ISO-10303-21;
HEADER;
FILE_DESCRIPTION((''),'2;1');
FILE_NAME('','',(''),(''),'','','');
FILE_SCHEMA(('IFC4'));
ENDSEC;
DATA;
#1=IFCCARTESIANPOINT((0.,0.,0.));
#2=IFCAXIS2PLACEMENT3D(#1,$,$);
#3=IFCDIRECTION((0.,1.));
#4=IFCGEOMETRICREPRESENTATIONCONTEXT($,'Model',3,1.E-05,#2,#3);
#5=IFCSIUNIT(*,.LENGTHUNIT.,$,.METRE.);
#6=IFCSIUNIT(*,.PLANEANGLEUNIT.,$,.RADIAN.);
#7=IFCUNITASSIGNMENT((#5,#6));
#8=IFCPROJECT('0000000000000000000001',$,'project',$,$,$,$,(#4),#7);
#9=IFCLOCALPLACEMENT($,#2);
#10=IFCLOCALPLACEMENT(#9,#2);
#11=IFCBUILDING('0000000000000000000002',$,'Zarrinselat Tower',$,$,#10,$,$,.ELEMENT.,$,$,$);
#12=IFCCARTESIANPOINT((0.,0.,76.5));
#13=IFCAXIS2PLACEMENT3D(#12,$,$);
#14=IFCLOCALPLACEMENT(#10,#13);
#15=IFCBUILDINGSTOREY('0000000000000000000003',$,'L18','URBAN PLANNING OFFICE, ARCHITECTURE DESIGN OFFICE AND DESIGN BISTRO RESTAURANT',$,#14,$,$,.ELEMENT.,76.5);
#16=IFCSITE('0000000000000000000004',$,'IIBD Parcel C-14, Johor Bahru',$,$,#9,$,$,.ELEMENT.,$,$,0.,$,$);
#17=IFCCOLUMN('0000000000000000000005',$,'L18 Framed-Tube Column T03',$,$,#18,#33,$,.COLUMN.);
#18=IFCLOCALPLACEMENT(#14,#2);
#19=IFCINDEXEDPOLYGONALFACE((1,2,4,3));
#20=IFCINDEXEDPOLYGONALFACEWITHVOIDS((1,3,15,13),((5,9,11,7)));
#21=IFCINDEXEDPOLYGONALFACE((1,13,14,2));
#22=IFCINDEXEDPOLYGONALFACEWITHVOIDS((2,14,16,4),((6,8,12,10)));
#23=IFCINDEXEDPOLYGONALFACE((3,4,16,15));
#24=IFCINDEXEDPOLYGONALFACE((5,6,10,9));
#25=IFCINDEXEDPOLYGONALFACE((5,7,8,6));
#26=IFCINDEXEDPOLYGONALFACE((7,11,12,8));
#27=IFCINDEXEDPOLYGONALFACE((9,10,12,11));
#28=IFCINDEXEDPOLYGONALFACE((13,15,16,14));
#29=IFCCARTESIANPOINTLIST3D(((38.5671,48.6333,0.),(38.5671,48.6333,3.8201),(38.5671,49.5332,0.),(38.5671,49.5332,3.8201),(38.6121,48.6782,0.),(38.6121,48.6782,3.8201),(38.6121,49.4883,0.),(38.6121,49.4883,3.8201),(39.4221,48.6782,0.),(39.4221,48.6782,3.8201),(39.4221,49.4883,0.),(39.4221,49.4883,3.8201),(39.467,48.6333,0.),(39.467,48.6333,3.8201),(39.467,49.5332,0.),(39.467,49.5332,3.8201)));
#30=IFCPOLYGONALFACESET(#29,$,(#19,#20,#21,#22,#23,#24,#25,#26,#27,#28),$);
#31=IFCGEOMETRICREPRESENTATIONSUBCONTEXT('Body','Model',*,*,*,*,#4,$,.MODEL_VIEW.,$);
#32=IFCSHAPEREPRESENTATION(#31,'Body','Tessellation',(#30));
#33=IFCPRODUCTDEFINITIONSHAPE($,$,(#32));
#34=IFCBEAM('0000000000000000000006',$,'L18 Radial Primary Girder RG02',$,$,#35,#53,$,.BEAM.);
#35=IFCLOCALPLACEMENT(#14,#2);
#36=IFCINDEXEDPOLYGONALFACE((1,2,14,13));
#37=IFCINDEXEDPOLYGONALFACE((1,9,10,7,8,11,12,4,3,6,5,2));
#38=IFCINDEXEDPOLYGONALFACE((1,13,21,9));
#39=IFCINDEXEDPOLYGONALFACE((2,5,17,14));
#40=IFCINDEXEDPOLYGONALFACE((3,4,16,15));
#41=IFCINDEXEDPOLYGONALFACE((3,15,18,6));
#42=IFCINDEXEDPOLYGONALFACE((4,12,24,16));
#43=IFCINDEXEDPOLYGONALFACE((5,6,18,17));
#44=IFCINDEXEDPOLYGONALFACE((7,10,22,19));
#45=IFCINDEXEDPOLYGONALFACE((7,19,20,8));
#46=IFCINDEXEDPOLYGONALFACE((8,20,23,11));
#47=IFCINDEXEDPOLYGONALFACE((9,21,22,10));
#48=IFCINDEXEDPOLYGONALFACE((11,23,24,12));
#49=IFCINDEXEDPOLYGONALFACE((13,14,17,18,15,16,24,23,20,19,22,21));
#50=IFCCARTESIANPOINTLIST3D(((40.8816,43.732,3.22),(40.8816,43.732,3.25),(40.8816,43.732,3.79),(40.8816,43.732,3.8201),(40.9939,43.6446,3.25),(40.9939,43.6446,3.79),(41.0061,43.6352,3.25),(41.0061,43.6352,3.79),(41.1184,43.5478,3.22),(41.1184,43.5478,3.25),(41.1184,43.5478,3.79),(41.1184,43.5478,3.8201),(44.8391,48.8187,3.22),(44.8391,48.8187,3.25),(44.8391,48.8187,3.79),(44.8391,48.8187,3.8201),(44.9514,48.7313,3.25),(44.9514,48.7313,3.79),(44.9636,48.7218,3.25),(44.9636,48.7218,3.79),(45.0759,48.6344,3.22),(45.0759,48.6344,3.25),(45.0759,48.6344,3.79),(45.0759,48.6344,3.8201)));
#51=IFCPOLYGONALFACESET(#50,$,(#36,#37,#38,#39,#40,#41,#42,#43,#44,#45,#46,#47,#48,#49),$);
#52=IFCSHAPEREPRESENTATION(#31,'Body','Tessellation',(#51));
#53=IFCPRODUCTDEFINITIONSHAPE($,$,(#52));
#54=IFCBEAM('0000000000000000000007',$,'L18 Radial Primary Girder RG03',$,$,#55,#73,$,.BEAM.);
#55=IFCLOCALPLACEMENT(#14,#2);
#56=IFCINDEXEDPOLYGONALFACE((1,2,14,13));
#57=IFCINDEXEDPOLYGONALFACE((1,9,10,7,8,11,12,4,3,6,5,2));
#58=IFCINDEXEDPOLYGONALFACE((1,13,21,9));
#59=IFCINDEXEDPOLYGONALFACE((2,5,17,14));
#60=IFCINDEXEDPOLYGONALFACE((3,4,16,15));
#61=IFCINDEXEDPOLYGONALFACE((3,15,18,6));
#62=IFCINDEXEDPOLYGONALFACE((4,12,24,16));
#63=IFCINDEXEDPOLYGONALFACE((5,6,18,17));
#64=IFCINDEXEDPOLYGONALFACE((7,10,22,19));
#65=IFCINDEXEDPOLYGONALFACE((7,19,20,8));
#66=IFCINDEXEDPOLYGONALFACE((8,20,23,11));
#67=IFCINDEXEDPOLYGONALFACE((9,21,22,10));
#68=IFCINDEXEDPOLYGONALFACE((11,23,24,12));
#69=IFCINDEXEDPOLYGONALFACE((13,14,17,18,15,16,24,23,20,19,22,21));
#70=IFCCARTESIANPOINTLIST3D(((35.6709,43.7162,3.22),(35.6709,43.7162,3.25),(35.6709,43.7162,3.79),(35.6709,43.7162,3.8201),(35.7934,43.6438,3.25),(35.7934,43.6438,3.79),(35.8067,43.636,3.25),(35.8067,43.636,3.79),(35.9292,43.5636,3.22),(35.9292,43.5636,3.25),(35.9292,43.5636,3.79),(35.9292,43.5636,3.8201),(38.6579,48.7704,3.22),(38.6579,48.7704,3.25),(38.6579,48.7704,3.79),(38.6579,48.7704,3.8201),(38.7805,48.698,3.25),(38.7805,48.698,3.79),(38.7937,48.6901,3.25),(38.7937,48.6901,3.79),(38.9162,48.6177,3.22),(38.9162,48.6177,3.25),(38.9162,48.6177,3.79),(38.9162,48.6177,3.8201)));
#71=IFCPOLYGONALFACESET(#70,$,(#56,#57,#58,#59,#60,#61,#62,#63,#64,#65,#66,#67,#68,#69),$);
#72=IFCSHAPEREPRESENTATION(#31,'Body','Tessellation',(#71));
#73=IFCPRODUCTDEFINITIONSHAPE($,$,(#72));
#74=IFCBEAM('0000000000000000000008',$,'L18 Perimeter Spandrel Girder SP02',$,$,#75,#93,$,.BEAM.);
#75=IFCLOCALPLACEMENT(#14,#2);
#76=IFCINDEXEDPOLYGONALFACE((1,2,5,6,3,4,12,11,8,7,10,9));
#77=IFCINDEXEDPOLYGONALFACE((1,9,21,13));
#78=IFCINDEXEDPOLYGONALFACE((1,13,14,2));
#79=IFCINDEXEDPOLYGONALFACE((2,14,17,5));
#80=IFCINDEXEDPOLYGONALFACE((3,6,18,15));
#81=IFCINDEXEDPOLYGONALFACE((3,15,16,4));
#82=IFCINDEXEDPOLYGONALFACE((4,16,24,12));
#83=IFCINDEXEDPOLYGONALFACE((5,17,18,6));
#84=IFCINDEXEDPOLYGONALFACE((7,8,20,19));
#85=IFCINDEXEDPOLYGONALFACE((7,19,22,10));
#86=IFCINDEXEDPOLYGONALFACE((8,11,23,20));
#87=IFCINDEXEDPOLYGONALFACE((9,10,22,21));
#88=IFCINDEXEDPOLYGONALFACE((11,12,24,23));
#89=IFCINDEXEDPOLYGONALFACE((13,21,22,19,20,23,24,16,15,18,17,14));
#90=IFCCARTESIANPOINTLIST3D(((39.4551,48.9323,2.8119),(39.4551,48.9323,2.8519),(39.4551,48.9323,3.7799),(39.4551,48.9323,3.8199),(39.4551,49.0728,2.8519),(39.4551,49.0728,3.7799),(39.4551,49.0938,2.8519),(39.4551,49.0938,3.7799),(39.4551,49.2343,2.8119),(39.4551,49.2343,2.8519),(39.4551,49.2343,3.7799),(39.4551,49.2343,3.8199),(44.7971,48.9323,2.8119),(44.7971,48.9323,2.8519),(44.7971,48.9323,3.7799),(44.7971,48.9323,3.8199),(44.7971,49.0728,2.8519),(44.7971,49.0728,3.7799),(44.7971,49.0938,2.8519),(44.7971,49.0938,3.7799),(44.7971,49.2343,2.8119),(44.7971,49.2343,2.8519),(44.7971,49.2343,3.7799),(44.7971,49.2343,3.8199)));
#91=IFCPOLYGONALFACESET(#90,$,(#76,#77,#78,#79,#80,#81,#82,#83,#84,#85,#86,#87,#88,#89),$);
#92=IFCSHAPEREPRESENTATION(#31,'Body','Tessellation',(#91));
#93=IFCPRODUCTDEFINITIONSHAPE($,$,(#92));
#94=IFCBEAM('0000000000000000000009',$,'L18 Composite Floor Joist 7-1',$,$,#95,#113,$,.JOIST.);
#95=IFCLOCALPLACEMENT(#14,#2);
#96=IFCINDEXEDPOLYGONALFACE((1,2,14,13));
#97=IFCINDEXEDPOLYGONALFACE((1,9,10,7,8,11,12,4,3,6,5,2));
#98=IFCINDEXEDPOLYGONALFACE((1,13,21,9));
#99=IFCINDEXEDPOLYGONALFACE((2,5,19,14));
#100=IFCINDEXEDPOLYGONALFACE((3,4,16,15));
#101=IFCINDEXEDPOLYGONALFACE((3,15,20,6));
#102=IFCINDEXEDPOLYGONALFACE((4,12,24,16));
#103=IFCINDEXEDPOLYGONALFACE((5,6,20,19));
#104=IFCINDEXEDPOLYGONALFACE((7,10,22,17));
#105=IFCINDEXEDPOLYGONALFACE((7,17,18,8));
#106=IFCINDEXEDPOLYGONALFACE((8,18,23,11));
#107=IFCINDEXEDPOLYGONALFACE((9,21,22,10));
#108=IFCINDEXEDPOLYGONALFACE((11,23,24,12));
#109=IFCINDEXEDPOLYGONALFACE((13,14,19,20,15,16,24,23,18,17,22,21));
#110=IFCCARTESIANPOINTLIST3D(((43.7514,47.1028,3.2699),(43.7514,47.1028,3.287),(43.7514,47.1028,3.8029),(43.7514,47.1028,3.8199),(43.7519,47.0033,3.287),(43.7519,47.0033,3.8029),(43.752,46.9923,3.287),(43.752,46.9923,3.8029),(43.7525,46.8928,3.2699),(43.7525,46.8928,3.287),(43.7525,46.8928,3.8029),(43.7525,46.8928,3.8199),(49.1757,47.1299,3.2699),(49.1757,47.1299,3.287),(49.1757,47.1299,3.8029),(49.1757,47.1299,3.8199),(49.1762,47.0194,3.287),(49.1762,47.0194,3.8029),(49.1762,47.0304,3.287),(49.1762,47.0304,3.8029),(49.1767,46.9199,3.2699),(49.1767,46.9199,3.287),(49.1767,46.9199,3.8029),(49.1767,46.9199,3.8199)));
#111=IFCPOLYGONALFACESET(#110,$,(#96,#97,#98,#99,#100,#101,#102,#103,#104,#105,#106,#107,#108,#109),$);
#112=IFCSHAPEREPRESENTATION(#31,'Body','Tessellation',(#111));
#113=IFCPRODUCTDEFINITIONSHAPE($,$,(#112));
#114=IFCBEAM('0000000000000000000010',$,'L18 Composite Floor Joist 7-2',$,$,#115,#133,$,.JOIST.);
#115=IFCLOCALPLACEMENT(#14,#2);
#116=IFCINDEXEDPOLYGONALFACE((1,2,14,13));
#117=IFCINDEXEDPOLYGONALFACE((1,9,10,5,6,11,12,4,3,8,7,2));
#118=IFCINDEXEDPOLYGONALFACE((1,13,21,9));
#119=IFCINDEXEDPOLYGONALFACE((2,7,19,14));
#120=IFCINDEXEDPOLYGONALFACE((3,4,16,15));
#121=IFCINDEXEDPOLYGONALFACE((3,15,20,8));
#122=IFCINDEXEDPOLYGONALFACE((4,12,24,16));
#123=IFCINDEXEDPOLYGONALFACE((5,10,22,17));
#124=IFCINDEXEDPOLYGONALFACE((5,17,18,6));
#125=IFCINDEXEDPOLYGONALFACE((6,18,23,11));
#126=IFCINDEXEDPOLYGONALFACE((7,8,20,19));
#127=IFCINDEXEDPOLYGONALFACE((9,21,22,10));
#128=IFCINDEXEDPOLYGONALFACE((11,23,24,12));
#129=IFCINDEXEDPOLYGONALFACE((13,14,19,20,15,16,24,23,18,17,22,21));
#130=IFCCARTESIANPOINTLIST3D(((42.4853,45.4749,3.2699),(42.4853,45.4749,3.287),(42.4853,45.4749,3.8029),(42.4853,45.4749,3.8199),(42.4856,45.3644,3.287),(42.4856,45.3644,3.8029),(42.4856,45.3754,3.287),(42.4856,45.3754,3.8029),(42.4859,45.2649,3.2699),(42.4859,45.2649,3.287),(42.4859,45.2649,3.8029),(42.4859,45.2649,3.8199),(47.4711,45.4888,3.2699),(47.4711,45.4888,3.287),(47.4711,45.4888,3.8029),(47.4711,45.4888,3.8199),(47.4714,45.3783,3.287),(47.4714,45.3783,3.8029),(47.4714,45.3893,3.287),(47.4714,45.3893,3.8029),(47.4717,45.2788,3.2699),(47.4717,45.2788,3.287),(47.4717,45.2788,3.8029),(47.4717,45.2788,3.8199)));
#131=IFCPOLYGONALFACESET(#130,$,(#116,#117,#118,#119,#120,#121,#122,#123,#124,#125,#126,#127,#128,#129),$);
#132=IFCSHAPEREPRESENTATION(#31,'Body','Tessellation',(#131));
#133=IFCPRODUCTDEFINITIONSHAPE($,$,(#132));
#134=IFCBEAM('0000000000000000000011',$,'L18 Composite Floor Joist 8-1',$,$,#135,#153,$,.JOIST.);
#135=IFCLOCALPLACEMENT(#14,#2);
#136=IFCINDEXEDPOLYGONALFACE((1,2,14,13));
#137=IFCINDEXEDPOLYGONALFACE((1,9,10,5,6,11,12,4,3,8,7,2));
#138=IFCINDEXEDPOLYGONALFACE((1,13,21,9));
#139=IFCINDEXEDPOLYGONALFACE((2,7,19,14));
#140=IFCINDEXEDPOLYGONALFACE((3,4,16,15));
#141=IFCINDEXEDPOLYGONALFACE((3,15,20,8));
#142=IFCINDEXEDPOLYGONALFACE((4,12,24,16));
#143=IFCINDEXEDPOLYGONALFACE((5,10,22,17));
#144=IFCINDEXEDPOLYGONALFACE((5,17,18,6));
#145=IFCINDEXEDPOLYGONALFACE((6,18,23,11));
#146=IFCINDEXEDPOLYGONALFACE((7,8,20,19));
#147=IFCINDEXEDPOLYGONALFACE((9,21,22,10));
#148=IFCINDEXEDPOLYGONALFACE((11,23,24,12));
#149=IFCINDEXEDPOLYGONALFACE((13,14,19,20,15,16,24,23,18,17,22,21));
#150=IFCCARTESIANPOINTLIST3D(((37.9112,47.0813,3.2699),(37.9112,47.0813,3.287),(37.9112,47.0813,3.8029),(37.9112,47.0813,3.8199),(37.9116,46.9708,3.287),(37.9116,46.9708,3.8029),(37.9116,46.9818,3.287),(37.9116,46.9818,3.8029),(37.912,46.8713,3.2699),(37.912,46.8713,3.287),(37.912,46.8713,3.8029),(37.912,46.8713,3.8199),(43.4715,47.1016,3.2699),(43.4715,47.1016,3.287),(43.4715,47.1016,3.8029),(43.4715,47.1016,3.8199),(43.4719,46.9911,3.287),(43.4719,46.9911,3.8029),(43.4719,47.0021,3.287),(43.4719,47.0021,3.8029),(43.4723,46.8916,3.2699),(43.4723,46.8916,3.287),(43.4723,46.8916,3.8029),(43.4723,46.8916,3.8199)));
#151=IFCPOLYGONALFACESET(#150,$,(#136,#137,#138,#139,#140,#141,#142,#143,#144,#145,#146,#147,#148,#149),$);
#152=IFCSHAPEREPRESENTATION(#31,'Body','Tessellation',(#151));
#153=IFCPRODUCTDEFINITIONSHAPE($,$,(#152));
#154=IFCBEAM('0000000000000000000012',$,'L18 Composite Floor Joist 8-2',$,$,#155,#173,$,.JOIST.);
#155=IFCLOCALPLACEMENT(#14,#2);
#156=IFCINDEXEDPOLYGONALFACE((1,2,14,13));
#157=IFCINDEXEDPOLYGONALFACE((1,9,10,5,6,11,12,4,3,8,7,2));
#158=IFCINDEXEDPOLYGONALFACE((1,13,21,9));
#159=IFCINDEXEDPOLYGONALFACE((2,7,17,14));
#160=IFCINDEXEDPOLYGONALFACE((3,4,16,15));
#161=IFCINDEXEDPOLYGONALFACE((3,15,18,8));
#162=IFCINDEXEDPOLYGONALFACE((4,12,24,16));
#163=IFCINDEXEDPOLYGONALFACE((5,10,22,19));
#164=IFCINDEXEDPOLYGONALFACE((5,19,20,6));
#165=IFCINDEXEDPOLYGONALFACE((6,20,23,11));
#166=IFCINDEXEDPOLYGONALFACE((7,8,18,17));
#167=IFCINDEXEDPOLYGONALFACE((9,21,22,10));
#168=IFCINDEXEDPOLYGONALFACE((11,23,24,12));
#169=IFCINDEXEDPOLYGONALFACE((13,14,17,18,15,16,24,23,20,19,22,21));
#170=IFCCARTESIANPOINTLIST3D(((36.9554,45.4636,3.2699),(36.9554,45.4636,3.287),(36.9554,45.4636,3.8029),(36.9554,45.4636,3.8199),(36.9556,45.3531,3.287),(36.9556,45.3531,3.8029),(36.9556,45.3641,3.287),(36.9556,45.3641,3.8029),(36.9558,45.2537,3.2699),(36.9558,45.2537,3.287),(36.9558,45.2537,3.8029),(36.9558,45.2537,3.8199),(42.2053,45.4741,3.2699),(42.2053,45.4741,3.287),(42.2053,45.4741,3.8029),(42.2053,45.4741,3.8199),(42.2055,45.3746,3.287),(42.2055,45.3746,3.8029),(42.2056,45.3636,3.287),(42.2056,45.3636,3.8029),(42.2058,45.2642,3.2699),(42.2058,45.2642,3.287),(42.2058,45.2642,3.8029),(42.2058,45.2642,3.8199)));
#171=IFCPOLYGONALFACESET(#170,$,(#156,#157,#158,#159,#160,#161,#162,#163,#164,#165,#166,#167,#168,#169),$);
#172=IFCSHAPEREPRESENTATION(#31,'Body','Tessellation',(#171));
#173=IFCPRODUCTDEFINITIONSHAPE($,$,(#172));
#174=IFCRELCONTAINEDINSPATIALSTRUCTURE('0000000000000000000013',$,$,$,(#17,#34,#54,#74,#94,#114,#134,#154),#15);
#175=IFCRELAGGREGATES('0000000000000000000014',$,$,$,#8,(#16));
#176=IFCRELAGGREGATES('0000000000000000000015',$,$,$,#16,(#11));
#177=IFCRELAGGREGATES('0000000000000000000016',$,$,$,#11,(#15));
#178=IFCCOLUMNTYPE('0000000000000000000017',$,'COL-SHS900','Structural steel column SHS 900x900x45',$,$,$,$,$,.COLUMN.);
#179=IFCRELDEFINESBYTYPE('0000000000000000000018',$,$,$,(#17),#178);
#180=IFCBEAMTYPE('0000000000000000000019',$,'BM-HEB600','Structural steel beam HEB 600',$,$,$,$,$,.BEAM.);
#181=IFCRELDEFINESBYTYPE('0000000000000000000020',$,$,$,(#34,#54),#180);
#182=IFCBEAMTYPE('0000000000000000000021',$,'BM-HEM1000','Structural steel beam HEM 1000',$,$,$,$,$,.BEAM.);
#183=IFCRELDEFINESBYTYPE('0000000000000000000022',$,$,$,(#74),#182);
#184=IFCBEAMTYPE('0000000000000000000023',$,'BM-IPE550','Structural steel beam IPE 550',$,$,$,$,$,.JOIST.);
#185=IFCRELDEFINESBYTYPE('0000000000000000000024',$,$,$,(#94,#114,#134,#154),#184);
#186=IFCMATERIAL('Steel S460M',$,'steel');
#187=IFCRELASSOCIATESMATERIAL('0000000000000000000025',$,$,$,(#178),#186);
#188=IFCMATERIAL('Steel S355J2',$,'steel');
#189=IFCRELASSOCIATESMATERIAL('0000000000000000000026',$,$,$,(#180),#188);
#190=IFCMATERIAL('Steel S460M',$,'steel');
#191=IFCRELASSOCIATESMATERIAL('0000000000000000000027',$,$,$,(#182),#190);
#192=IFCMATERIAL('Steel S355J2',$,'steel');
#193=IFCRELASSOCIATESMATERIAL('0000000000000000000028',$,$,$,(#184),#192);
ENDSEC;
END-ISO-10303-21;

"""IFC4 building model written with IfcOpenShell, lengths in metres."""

from ifc_helpers import new_model, si_unit, direction, frame, origin, origin_2d, place, context, subcontext, project, spatial, hollow_rectangle, i_section, extrude, material, material_profile, profile_set, type_object, element, save


model = new_model("IFC4")

# Units and contexts
model_context = context("Model", 3, precision=1e-05, world=origin(), true_north=direction((0.0, 1.0)))
body_context = subcontext(model_context, "Body", "Model", "MODEL_VIEW")
ifc_project = project(units=[si_unit("LENGTHUNIT", "METRE"), si_unit("PLANEANGLEUNIT", "RADIAN")], contexts=[model_context])

# Site, building, storey
site_placement = place(None, origin())
site = spatial("IfcSite", under=ifc_project, at=site_placement, Name="IIBD Parcel C-14, Johor Bahru", CompositionType="ELEMENT", RefElevation=0.0)
building_placement = place(site_placement, origin())
building = spatial("IfcBuilding", under=site, at=building_placement, Name="Zarrinselat Tower", CompositionType="ELEMENT")
storey_placement = place(building_placement, frame((0.0, 0.0, 76.5)))
storey = spatial("IfcBuildingStorey", under=building, at=storey_placement, Name="L18", Description="URBAN PLANNING OFFICE, ARCHITECTURE DESIGN OFFICE AND DESIGN BISTRO RESTAURANT", CompositionType="ELEMENT", Elevation=76.5)

# Column
ifc_material_1 = material(Name="Steel S460M", Category="steel")
ifc_material_profile_1 = material_profile(ifc_material_1, hollow_rectangle(XDim=0.8999, YDim=0.8999, WallThickness=0.0449, at=origin_2d()), Name="SHS 900x900x45")
ifc_profile_set_1 = profile_set([ifc_material_profile_1], Name="Steel S460M")
column_type = type_object("IfcColumnType", Name="COL-SHS900", Description="Structural steel column SHS 900x900x45", PredefinedType="COLUMN", material=ifc_profile_set_1)
column_placement = place(storey_placement, frame((39.0171, 49.0833, 0.0), z_axis=(0.0, 0.0, 1.0), x_axis=(1.0, 0.0, 0.0)))
element("IfcColumn", 1, at=column_placement, inside=storey, type_object=column_type, Name="L18 Framed-Tube Column T03", PredefinedType="COLUMN", context=body_context, shape_type="SweptSolid", body=[
    extrude(hollow_rectangle(XDim=0.8999, YDim=0.8999, WallThickness=0.0449, at=origin_2d()), origin(), (0.0, 0.0, 1.0), 3.8201),
])

# Beams
ifc_material_2 = material(Name="Steel S355J2", Category="steel")
ifc_material_profile_2 = material_profile(ifc_material_2, i_section(OverallWidth=0.3, OverallDepth=0.6001, WebThickness=0.0154, FlangeThickness=0.03, at=origin_2d()), Name="HEB 600")
ifc_profile_set_2 = profile_set([ifc_material_profile_2], Name="Steel S355J2")
beam_type_1 = type_object("IfcBeamType", Name="BM-HEB600", Description="Structural steel beam HEB 600", PredefinedType="BEAM", material=ifc_profile_set_2)
beam_1_placement = place(storey_placement, frame((41.0, 43.6399, 3.52), z_axis=(0.614059, 0.78926, 0.0), x_axis=(-0.78926, 0.614059, 0.0)))
element("IfcBeam", 2, at=beam_1_placement, inside=storey, type_object=beam_type_1, Name="L18 Radial Primary Girder RG02", PredefinedType="BEAM", context=body_context, shape_type="SweptSolid", body=[
    extrude(i_section(OverallWidth=0.3, OverallDepth=0.6001, WebThickness=0.0154, FlangeThickness=0.03, at=origin_2d()), origin(), (0.0, 0.0, 1.0), 6.4448),
])
beam_2_placement = place(storey_placement, frame((35.8, 43.6399, 3.52), z_axis=(0.508791, 0.86089, 0.0), x_axis=(-0.86089, 0.508791, 0.0)))
element("IfcBeam", 3, at=beam_2_placement, inside=storey, type_object=beam_type_1, Name="L18 Radial Primary Girder RG03", PredefinedType="BEAM", context=body_context, shape_type="SweptSolid", body=[
    extrude(i_section(OverallWidth=0.3, OverallDepth=0.6001, WebThickness=0.0154, FlangeThickness=0.03, at=origin_2d()), origin(), (0.0, 0.0, 1.0), 5.8708),
])
ifc_material_3 = material(Name="Steel S460M", Category="steel")
ifc_material_profile_3 = material_profile(ifc_material_3, i_section(OverallWidth=0.302, OverallDepth=1.0081, WebThickness=0.021, FlangeThickness=0.04, at=origin_2d()), Name="HEM 1000")
ifc_profile_set_3 = profile_set([ifc_material_profile_3], Name="Steel S460M")
beam_type_2 = type_object("IfcBeamType", Name="BM-HEM1000", Description="Structural steel beam HEM 1000", PredefinedType="BEAM", material=ifc_profile_set_3)
beam_3_placement = place(storey_placement, frame((39.4551, 49.0833, 3.3159), z_axis=(1.0, 0.0, 0.0), x_axis=(0.0, 1.0, 0.0)))
element("IfcBeam", 4, at=beam_3_placement, inside=storey, type_object=beam_type_2, Name="L18 Perimeter Spandrel Girder SP02", PredefinedType="BEAM", context=body_context, shape_type="SweptSolid", body=[
    extrude(i_section(OverallWidth=0.302, OverallDepth=1.0081, WebThickness=0.021, FlangeThickness=0.04, at=origin_2d()), origin(), (0.0, 0.0, 1.0), 5.342),
])
ifc_material_4 = material(Name="Steel S355J2", Category="steel")
ifc_material_profile_4 = material_profile(ifc_material_4, i_section(OverallWidth=0.21, OverallDepth=0.55, WebThickness=0.011, FlangeThickness=0.0171, at=origin_2d()), Name="IPE 550")
ifc_profile_set_4 = profile_set([ifc_material_profile_4], Name="Steel S355J2")
beam_type_3 = type_object("IfcBeamType", Name="BM-IPE550", Description="Structural steel beam IPE 550", PredefinedType="JOIST", material=ifc_profile_set_4)
beam_4_placement = place(storey_placement, frame((43.752, 46.9978, 3.5449), z_axis=(0.999988, 0.004996, 0.0), x_axis=(-0.004996, 0.999988, 0.0)))
element("IfcBeam", 5, at=beam_4_placement, inside=storey, type_object=beam_type_3, Name="L18 Composite Floor Joist 7-1", PredefinedType="JOIST", context=body_context, shape_type="SweptSolid", body=[
    extrude(i_section(OverallWidth=0.21, OverallDepth=0.55, WebThickness=0.011, FlangeThickness=0.0171, at=origin_2d()), origin(), (0.0, 0.0, 1.0), 5.4243),
])
beam_5_placement = place(storey_placement, frame((42.4856, 45.3699, 3.5449), z_axis=(0.999996, 0.002791, 0.0), x_axis=(-0.002791, 0.999996, 0.0)))
element("IfcBeam", 6, at=beam_5_placement, inside=storey, type_object=beam_type_3, Name="L18 Composite Floor Joist 7-2", PredefinedType="JOIST", context=body_context, shape_type="SweptSolid", body=[
    extrude(i_section(OverallWidth=0.21, OverallDepth=0.55, WebThickness=0.011, FlangeThickness=0.0171, at=origin_2d()), origin(), (0.0, 0.0, 1.0), 4.9858),
])
beam_6_placement = place(storey_placement, frame((37.9116, 46.9763, 3.5449), z_axis=(0.999993, 0.003644, 0.0), x_axis=(-0.003644, 0.999993, 0.0)))
element("IfcBeam", 7, at=beam_6_placement, inside=storey, type_object=beam_type_3, Name="L18 Composite Floor Joist 8-1", PredefinedType="JOIST", context=body_context, shape_type="SweptSolid", body=[
    extrude(i_section(OverallWidth=0.21, OverallDepth=0.55, WebThickness=0.011, FlangeThickness=0.0171, at=origin_2d()), origin(), (0.0, 0.0, 1.0), 5.5603),
])
beam_7_placement = place(storey_placement, frame((36.9556, 45.3586, 3.5449), z_axis=(0.999998, 0.002, 0.0), x_axis=(-0.002, 0.999998, 0.0)))
element("IfcBeam", 8, at=beam_7_placement, inside=storey, type_object=beam_type_3, Name="L18 Composite Floor Joist 8-2", PredefinedType="JOIST", context=body_context, shape_type="SweptSolid", body=[
    extrude(i_section(OverallWidth=0.21, OverallDepth=0.55, WebThickness=0.011, FlangeThickness=0.0171, at=origin_2d()), origin(), (0.0, 0.0, 1.0), 5.25),
])

save(model, "model.ifc")
